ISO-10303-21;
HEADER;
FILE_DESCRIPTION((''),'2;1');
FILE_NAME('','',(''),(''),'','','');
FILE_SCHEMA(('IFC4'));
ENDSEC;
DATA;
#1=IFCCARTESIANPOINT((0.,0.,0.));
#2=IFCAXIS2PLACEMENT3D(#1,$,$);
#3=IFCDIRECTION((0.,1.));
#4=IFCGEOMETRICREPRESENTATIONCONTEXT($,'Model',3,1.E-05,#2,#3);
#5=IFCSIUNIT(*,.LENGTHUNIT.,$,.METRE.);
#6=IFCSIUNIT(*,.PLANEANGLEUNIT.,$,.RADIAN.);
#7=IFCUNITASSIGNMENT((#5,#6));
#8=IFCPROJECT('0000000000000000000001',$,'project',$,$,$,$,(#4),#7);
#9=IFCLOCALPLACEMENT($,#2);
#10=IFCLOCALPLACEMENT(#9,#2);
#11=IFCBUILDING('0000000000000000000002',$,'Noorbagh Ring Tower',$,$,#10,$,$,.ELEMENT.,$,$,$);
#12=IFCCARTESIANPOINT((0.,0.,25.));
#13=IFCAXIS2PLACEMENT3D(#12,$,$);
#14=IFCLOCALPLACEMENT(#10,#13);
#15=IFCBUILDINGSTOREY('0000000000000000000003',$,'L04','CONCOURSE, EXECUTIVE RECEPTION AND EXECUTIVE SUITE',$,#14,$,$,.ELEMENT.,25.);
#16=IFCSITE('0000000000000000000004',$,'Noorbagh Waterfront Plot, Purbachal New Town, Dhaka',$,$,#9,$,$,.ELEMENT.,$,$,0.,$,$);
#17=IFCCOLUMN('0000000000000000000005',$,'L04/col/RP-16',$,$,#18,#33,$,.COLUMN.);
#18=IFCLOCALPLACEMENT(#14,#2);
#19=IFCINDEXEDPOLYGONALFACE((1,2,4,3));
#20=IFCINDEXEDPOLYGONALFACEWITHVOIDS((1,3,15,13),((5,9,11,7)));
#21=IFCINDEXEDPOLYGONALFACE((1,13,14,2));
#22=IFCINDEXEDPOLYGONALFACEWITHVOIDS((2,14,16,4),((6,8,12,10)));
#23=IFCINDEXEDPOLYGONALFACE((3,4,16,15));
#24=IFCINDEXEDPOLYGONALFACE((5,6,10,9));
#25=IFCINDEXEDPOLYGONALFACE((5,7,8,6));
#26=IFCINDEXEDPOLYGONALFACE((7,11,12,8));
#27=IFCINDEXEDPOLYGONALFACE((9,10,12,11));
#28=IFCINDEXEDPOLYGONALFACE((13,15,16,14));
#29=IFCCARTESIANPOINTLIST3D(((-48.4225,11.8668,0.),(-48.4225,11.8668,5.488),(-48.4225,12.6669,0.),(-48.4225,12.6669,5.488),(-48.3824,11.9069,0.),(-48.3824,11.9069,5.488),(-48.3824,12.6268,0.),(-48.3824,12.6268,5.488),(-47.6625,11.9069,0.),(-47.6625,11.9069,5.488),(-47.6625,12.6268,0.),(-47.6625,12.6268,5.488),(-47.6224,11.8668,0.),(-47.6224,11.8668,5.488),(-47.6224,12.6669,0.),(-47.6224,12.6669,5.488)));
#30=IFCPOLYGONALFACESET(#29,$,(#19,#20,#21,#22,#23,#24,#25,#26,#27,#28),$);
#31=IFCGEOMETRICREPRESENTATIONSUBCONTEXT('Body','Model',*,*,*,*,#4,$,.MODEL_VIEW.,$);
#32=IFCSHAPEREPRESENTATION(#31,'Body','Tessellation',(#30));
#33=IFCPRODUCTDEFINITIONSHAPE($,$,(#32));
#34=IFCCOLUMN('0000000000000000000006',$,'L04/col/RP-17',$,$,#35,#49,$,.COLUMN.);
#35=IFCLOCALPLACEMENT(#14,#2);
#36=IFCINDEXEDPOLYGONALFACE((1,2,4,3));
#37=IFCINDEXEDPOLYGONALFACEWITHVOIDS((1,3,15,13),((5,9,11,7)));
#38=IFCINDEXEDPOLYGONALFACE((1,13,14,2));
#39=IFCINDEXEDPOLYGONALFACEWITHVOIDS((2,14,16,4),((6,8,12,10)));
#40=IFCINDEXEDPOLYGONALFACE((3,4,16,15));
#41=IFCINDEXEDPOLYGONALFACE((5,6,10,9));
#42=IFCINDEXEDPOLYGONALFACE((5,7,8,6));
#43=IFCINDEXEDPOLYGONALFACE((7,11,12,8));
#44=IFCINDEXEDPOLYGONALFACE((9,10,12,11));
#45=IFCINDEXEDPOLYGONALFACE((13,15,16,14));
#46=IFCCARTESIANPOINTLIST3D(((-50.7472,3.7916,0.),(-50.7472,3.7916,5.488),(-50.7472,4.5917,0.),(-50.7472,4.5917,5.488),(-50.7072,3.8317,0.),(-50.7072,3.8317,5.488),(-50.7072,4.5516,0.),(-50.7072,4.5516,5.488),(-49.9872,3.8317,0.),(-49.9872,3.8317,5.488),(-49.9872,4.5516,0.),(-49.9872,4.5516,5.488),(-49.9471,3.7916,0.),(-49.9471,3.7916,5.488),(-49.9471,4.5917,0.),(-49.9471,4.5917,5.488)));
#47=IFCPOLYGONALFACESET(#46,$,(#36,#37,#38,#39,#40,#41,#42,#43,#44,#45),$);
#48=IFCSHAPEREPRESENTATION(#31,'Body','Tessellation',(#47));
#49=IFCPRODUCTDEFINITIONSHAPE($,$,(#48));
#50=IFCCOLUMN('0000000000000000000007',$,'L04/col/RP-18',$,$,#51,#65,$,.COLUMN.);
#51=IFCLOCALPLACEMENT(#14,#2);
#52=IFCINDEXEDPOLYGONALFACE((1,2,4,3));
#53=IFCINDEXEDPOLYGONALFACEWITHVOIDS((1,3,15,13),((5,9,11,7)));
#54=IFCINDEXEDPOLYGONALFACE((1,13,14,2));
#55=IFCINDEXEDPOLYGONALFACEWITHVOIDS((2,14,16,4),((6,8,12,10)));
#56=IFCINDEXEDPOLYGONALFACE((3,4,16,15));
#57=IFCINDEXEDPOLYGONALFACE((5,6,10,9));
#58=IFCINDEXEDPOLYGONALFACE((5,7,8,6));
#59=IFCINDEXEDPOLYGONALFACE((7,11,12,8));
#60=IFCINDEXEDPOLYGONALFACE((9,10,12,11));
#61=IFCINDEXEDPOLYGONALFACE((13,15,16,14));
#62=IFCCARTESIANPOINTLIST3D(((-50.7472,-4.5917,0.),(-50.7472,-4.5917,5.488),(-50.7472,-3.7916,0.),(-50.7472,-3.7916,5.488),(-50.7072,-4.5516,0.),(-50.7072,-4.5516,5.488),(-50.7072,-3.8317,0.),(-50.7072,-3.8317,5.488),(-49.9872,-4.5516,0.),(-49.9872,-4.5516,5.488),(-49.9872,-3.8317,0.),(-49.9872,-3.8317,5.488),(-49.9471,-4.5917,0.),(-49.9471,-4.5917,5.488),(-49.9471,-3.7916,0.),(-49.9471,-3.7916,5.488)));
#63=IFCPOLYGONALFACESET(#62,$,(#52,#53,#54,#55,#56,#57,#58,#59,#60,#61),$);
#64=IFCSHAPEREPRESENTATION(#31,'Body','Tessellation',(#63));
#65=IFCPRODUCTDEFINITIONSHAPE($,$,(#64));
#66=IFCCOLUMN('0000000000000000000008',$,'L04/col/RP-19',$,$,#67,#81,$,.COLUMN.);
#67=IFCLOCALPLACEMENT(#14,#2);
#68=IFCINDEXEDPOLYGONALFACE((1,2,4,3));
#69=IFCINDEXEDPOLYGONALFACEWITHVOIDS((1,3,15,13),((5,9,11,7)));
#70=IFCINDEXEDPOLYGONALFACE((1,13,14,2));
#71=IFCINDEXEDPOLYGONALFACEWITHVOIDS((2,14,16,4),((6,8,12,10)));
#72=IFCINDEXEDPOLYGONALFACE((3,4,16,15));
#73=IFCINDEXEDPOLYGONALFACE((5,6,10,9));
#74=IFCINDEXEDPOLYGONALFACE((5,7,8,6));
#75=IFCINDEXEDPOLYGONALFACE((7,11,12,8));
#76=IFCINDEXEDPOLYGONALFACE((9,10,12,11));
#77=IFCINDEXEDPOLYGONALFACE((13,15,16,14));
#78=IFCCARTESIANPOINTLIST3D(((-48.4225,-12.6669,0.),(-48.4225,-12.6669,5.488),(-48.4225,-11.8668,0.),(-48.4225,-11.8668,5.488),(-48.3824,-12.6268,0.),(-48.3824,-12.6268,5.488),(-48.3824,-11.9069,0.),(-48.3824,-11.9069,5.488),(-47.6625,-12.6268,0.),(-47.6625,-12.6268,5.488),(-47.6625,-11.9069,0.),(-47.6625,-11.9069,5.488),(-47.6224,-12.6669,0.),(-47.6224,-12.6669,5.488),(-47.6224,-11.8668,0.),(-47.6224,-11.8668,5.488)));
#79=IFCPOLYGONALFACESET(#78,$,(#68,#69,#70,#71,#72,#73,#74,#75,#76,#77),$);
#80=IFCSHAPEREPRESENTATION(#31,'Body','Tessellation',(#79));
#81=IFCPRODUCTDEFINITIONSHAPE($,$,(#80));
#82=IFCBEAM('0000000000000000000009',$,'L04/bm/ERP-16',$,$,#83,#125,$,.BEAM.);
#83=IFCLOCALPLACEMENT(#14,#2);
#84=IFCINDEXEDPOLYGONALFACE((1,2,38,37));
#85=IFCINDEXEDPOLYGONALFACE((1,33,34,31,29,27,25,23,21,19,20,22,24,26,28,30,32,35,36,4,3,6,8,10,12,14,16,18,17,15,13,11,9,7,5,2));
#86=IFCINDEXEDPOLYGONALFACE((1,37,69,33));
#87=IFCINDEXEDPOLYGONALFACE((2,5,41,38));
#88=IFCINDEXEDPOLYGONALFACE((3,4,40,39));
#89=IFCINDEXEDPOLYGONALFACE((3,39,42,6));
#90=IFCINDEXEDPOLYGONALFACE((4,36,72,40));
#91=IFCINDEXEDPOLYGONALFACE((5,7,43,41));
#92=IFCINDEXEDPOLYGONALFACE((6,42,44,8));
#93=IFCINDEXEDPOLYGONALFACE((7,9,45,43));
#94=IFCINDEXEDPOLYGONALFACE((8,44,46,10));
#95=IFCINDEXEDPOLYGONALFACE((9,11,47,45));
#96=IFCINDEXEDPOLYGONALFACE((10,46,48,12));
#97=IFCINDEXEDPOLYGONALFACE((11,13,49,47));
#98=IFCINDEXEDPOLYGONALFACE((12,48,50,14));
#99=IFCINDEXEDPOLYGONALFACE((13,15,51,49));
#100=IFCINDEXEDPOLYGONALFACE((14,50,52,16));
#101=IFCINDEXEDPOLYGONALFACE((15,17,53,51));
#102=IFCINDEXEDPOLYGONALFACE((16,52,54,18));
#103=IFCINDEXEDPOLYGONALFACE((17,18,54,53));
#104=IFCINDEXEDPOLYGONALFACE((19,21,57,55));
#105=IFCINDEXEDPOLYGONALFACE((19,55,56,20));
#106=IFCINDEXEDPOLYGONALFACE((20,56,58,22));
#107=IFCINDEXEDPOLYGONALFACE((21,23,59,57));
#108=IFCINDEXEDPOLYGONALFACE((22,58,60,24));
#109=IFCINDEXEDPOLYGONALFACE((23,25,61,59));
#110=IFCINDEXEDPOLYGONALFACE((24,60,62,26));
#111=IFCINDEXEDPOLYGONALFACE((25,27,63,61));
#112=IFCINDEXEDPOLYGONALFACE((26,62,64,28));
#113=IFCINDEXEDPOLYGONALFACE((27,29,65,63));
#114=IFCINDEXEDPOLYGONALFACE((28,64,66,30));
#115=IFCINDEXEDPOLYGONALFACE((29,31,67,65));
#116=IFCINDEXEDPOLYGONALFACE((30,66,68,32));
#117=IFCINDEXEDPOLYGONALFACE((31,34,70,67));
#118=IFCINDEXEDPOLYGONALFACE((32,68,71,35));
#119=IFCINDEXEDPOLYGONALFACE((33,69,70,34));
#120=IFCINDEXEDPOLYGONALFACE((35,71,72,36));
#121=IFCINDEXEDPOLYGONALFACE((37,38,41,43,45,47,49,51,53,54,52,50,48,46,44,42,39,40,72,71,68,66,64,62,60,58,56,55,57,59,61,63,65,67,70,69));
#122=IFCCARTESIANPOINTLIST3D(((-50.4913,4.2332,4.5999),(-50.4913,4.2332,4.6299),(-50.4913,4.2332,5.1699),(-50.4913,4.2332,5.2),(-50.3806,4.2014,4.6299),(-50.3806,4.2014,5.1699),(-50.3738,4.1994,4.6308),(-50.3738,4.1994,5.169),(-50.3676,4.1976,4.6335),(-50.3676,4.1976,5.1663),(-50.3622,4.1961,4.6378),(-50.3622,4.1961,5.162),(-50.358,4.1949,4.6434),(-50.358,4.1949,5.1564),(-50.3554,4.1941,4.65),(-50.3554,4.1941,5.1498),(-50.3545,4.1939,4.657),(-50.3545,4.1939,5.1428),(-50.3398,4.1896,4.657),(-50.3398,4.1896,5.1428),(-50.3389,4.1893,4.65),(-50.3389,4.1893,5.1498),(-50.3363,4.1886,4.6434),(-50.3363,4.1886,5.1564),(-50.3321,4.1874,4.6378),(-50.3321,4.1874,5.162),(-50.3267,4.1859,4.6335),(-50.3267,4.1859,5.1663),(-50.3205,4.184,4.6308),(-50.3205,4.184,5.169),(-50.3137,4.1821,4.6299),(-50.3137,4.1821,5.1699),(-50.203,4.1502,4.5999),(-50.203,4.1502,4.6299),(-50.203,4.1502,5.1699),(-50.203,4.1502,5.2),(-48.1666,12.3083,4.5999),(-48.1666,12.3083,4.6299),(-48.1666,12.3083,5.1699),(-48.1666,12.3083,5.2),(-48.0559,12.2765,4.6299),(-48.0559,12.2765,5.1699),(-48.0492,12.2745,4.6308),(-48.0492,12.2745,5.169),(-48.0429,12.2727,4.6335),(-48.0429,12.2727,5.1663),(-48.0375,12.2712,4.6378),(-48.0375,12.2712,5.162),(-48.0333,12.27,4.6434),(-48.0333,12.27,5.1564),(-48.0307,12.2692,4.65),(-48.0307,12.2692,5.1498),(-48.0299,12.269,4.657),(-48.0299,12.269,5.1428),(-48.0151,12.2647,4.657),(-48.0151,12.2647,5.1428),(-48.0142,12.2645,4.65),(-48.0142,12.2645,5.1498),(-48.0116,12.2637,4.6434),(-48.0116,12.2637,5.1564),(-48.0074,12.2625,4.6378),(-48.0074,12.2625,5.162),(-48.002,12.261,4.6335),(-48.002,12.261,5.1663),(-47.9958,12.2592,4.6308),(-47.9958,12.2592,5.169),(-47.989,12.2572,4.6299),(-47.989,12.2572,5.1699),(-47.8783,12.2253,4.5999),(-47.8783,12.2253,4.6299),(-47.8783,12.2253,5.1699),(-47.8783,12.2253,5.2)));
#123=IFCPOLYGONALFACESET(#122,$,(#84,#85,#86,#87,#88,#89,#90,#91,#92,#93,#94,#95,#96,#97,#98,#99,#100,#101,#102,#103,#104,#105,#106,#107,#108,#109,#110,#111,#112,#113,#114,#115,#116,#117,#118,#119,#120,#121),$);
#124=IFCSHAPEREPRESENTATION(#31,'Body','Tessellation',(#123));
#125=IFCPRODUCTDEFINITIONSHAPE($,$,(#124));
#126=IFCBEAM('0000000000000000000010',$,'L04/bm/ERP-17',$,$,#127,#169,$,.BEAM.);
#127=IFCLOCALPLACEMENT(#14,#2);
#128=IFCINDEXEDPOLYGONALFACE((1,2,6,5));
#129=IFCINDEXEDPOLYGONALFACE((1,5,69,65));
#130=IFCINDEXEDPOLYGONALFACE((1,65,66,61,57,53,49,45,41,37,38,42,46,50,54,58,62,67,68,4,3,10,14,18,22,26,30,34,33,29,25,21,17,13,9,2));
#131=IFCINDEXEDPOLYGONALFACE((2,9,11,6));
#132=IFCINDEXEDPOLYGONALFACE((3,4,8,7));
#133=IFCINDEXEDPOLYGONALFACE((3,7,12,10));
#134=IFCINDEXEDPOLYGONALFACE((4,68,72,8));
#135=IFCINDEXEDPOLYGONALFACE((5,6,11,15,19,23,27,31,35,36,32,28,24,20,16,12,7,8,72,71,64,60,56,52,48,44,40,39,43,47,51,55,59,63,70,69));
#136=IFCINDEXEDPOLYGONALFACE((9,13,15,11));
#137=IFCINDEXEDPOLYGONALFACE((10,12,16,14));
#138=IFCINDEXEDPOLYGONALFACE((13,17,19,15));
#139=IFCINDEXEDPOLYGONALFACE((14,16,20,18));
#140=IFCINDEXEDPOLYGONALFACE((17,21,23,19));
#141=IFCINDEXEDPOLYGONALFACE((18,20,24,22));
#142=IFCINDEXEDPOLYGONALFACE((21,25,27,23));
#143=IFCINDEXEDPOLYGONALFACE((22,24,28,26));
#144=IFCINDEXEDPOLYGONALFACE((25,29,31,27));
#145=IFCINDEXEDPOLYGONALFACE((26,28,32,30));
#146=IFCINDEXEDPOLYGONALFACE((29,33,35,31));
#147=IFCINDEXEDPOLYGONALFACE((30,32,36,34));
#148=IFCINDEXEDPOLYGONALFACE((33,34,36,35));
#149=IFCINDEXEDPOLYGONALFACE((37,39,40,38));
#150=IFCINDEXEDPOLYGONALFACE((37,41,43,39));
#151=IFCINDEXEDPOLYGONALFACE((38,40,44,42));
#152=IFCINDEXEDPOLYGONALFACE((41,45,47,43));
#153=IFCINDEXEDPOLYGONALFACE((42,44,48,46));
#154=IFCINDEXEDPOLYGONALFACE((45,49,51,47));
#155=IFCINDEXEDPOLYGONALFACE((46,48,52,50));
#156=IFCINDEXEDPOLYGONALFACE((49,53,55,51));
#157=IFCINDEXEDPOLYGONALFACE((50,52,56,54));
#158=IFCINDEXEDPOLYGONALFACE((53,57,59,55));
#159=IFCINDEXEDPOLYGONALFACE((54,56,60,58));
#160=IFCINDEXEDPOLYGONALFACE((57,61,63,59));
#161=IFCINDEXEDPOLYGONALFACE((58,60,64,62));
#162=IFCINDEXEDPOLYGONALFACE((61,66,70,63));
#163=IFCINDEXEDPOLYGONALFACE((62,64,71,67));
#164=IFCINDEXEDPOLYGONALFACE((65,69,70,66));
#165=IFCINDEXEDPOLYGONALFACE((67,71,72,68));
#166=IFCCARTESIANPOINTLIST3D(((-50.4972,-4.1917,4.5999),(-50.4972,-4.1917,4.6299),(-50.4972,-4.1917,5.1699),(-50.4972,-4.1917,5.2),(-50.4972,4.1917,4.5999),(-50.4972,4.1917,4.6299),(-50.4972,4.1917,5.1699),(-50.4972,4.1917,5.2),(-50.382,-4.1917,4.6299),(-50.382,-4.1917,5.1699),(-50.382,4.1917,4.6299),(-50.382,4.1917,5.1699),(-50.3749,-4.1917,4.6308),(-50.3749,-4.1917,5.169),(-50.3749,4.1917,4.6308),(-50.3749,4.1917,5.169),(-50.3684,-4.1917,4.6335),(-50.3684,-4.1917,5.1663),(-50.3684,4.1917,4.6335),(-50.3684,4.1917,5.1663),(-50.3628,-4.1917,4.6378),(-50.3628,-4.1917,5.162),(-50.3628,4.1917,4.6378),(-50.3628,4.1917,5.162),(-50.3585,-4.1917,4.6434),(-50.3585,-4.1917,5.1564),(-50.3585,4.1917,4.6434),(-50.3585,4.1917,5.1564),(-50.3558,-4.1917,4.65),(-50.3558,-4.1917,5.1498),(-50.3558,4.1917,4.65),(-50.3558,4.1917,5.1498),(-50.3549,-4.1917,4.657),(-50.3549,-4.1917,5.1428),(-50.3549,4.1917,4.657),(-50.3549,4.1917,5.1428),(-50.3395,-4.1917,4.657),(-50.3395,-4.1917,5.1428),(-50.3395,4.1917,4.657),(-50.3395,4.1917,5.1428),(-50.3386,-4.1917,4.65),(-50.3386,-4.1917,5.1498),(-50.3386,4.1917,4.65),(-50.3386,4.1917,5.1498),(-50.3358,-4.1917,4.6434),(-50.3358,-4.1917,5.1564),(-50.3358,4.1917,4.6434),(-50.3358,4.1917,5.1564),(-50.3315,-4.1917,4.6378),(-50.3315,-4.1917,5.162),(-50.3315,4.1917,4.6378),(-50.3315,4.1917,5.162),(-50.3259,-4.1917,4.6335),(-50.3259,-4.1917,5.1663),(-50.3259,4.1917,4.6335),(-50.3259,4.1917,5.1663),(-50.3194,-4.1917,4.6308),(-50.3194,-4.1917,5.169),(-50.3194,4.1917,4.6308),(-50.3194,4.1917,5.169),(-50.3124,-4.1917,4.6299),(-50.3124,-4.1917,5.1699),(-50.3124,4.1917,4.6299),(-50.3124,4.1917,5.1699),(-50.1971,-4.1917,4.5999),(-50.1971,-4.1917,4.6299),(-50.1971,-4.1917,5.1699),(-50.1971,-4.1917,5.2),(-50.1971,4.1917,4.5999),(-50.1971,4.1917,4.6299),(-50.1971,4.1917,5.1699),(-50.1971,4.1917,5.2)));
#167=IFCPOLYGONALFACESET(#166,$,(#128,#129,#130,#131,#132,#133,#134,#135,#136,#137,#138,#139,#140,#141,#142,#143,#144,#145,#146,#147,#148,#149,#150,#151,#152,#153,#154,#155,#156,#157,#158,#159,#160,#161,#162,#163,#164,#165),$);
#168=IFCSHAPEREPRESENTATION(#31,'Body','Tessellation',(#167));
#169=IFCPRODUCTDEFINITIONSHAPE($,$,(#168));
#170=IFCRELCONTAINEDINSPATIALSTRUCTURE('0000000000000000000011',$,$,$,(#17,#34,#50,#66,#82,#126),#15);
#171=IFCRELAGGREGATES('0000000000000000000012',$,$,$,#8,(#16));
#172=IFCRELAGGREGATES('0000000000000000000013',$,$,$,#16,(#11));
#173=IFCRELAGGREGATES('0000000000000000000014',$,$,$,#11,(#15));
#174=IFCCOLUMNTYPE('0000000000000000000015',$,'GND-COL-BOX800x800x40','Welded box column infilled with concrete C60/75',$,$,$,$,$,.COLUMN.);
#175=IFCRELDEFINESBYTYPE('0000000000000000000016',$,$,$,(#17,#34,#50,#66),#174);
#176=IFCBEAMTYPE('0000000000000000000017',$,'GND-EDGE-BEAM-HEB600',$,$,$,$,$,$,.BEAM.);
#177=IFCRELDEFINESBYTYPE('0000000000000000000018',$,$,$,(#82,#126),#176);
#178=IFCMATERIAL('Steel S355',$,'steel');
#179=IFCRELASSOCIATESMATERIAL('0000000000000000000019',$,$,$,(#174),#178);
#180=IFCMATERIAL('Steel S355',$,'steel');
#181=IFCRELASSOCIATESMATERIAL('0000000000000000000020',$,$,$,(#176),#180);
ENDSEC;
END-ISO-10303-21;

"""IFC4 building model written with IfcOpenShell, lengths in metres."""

from ifc_helpers import new_model, si_unit, direction, frame, origin, origin_2d, place, context, subcontext, project, spatial, hollow_rectangle, i_section, extrude, material, material_profile, profile_set, type_object, element, save


model = new_model("IFC4")

# Units and contexts
model_context = context("Model", 3, precision=1e-05, world=origin(), true_north=direction((0.0, 1.0)))
body_context = subcontext(model_context, "Body", "Model", "MODEL_VIEW")
ifc_project = project(units=[si_unit("LENGTHUNIT", "METRE"), si_unit("PLANEANGLEUNIT", "RADIAN")], contexts=[model_context])

# Site, building, storey
site_placement = place(None, origin())
site = spatial("IfcSite", under=ifc_project, at=site_placement, Name="Noorbagh Waterfront Plot, Purbachal New Town, Dhaka", CompositionType="ELEMENT", RefElevation=0.0)
building_placement = place(site_placement, origin())
building = spatial("IfcBuilding", under=site, at=building_placement, Name="Noorbagh Ring Tower", CompositionType="ELEMENT")
storey_placement = place(building_placement, frame((0.0, 0.0, 25.0)))
storey = spatial("IfcBuildingStorey", under=building, at=storey_placement, Name="L04", Description="CONCOURSE, EXECUTIVE RECEPTION AND EXECUTIVE SUITE", CompositionType="ELEMENT", Elevation=25.0)

# Columns
ifc_material_1 = material(Name="Steel S355", Category="steel")
ifc_material_profile_1 = material_profile(ifc_material_1, hollow_rectangle(XDim=0.8, YDim=0.8, WallThickness=0.04, at=origin_2d()), Name="BOX800x800x40")
ifc_profile_set_1 = profile_set([ifc_material_profile_1], Name="Steel S355")
column_type = type_object("IfcColumnType", Name="GND-COL-BOX800x800x40", Description="Welded box column infilled with concrete C60/75", PredefinedType="COLUMN", material=ifc_profile_set_1)
for number, where, z_axis, x_axis, name in (
    (1, (-48.0225, 12.2668, 0.0), (0.0, 0.0, 1.0), (1.0, 0.0, 0.0), "L04/col/RP-16"),
    (2, (-50.3472, 4.1917, 0.0), (0.0, 0.0, 1.0), (1.0, 0.0, 0.0), "L04/col/RP-17"),
    (3, (-50.3472, -4.1917, 0.0), (0.0, 0.0, 1.0), (1.0, 0.0, 0.0), "L04/col/RP-18"),
    (4, (-48.0225, -12.2668, 0.0), (0.0, 0.0, 1.0), (1.0, 0.0, 0.0), "L04/col/RP-19"),
):
    element("IfcColumn", number, at=place(storey_placement, frame(where, z_axis=z_axis, x_axis=x_axis)), inside=storey, type_object=column_type, Name=name, PredefinedType="COLUMN", context=body_context, shape_type="SweptSolid", body=[
        extrude(hollow_rectangle(XDim=0.8, YDim=0.8, WallThickness=0.04, at=origin_2d()), origin(), (0.0, 0.0, 1.0), 5.488),
    ])

# Beams
ifc_material_2 = material(Name="Steel S355", Category="steel")
ifc_material_profile_2 = material_profile(ifc_material_2, i_section(OverallWidth=0.3, OverallDepth=0.6001, WebThickness=0.0154, FlangeThickness=0.03, FilletRadius=0.0271, at=origin_2d()), Name="HEB600")
ifc_profile_set_2 = profile_set([ifc_material_profile_2], Name="Steel S355")
beam_type_1 = type_object("IfcBeamType", Name="GND-EDGE-BEAM-HEB600", PredefinedType="BEAM", material=ifc_profile_set_2)
beam_1_placement = place(storey_placement, frame((-48.0225, 12.2668, 4.8999), z_axis=(-0.276647, -0.960972, 0.0), x_axis=(0.960972, -0.276647, 0.0)))
element("IfcBeam", 5, at=beam_1_placement, inside=storey, type_object=beam_type_1, Name="L04/bm/ERP-16", PredefinedType="BEAM", context=body_context, shape_type="SweptSolid", body=[
    extrude(i_section(OverallWidth=0.3, OverallDepth=0.6001, WebThickness=0.0154, FlangeThickness=0.03, FilletRadius=0.0271, at=origin_2d()), origin(), (0.0, 0.0, 1.0), 8.4031),
])
beam_2_placement = place(storey_placement, frame((-50.3472, 4.1917, 4.8999), z_axis=(0.0, -1.0, 0.0), x_axis=(1.0, 0.0, 0.0)))
element("IfcBeam", 6, at=beam_2_placement, inside=storey, type_object=beam_type_1, Name="L04/bm/ERP-17", PredefinedType="BEAM", context=body_context, shape_type="SweptSolid", body=[
    extrude(i_section(OverallWidth=0.3, OverallDepth=0.6001, WebThickness=0.0154, FlangeThickness=0.03, FilletRadius=0.0271, at=origin_2d()), origin(), (0.0, 0.0, 1.0), 8.3833),
])

save(model, "model.ifc")
